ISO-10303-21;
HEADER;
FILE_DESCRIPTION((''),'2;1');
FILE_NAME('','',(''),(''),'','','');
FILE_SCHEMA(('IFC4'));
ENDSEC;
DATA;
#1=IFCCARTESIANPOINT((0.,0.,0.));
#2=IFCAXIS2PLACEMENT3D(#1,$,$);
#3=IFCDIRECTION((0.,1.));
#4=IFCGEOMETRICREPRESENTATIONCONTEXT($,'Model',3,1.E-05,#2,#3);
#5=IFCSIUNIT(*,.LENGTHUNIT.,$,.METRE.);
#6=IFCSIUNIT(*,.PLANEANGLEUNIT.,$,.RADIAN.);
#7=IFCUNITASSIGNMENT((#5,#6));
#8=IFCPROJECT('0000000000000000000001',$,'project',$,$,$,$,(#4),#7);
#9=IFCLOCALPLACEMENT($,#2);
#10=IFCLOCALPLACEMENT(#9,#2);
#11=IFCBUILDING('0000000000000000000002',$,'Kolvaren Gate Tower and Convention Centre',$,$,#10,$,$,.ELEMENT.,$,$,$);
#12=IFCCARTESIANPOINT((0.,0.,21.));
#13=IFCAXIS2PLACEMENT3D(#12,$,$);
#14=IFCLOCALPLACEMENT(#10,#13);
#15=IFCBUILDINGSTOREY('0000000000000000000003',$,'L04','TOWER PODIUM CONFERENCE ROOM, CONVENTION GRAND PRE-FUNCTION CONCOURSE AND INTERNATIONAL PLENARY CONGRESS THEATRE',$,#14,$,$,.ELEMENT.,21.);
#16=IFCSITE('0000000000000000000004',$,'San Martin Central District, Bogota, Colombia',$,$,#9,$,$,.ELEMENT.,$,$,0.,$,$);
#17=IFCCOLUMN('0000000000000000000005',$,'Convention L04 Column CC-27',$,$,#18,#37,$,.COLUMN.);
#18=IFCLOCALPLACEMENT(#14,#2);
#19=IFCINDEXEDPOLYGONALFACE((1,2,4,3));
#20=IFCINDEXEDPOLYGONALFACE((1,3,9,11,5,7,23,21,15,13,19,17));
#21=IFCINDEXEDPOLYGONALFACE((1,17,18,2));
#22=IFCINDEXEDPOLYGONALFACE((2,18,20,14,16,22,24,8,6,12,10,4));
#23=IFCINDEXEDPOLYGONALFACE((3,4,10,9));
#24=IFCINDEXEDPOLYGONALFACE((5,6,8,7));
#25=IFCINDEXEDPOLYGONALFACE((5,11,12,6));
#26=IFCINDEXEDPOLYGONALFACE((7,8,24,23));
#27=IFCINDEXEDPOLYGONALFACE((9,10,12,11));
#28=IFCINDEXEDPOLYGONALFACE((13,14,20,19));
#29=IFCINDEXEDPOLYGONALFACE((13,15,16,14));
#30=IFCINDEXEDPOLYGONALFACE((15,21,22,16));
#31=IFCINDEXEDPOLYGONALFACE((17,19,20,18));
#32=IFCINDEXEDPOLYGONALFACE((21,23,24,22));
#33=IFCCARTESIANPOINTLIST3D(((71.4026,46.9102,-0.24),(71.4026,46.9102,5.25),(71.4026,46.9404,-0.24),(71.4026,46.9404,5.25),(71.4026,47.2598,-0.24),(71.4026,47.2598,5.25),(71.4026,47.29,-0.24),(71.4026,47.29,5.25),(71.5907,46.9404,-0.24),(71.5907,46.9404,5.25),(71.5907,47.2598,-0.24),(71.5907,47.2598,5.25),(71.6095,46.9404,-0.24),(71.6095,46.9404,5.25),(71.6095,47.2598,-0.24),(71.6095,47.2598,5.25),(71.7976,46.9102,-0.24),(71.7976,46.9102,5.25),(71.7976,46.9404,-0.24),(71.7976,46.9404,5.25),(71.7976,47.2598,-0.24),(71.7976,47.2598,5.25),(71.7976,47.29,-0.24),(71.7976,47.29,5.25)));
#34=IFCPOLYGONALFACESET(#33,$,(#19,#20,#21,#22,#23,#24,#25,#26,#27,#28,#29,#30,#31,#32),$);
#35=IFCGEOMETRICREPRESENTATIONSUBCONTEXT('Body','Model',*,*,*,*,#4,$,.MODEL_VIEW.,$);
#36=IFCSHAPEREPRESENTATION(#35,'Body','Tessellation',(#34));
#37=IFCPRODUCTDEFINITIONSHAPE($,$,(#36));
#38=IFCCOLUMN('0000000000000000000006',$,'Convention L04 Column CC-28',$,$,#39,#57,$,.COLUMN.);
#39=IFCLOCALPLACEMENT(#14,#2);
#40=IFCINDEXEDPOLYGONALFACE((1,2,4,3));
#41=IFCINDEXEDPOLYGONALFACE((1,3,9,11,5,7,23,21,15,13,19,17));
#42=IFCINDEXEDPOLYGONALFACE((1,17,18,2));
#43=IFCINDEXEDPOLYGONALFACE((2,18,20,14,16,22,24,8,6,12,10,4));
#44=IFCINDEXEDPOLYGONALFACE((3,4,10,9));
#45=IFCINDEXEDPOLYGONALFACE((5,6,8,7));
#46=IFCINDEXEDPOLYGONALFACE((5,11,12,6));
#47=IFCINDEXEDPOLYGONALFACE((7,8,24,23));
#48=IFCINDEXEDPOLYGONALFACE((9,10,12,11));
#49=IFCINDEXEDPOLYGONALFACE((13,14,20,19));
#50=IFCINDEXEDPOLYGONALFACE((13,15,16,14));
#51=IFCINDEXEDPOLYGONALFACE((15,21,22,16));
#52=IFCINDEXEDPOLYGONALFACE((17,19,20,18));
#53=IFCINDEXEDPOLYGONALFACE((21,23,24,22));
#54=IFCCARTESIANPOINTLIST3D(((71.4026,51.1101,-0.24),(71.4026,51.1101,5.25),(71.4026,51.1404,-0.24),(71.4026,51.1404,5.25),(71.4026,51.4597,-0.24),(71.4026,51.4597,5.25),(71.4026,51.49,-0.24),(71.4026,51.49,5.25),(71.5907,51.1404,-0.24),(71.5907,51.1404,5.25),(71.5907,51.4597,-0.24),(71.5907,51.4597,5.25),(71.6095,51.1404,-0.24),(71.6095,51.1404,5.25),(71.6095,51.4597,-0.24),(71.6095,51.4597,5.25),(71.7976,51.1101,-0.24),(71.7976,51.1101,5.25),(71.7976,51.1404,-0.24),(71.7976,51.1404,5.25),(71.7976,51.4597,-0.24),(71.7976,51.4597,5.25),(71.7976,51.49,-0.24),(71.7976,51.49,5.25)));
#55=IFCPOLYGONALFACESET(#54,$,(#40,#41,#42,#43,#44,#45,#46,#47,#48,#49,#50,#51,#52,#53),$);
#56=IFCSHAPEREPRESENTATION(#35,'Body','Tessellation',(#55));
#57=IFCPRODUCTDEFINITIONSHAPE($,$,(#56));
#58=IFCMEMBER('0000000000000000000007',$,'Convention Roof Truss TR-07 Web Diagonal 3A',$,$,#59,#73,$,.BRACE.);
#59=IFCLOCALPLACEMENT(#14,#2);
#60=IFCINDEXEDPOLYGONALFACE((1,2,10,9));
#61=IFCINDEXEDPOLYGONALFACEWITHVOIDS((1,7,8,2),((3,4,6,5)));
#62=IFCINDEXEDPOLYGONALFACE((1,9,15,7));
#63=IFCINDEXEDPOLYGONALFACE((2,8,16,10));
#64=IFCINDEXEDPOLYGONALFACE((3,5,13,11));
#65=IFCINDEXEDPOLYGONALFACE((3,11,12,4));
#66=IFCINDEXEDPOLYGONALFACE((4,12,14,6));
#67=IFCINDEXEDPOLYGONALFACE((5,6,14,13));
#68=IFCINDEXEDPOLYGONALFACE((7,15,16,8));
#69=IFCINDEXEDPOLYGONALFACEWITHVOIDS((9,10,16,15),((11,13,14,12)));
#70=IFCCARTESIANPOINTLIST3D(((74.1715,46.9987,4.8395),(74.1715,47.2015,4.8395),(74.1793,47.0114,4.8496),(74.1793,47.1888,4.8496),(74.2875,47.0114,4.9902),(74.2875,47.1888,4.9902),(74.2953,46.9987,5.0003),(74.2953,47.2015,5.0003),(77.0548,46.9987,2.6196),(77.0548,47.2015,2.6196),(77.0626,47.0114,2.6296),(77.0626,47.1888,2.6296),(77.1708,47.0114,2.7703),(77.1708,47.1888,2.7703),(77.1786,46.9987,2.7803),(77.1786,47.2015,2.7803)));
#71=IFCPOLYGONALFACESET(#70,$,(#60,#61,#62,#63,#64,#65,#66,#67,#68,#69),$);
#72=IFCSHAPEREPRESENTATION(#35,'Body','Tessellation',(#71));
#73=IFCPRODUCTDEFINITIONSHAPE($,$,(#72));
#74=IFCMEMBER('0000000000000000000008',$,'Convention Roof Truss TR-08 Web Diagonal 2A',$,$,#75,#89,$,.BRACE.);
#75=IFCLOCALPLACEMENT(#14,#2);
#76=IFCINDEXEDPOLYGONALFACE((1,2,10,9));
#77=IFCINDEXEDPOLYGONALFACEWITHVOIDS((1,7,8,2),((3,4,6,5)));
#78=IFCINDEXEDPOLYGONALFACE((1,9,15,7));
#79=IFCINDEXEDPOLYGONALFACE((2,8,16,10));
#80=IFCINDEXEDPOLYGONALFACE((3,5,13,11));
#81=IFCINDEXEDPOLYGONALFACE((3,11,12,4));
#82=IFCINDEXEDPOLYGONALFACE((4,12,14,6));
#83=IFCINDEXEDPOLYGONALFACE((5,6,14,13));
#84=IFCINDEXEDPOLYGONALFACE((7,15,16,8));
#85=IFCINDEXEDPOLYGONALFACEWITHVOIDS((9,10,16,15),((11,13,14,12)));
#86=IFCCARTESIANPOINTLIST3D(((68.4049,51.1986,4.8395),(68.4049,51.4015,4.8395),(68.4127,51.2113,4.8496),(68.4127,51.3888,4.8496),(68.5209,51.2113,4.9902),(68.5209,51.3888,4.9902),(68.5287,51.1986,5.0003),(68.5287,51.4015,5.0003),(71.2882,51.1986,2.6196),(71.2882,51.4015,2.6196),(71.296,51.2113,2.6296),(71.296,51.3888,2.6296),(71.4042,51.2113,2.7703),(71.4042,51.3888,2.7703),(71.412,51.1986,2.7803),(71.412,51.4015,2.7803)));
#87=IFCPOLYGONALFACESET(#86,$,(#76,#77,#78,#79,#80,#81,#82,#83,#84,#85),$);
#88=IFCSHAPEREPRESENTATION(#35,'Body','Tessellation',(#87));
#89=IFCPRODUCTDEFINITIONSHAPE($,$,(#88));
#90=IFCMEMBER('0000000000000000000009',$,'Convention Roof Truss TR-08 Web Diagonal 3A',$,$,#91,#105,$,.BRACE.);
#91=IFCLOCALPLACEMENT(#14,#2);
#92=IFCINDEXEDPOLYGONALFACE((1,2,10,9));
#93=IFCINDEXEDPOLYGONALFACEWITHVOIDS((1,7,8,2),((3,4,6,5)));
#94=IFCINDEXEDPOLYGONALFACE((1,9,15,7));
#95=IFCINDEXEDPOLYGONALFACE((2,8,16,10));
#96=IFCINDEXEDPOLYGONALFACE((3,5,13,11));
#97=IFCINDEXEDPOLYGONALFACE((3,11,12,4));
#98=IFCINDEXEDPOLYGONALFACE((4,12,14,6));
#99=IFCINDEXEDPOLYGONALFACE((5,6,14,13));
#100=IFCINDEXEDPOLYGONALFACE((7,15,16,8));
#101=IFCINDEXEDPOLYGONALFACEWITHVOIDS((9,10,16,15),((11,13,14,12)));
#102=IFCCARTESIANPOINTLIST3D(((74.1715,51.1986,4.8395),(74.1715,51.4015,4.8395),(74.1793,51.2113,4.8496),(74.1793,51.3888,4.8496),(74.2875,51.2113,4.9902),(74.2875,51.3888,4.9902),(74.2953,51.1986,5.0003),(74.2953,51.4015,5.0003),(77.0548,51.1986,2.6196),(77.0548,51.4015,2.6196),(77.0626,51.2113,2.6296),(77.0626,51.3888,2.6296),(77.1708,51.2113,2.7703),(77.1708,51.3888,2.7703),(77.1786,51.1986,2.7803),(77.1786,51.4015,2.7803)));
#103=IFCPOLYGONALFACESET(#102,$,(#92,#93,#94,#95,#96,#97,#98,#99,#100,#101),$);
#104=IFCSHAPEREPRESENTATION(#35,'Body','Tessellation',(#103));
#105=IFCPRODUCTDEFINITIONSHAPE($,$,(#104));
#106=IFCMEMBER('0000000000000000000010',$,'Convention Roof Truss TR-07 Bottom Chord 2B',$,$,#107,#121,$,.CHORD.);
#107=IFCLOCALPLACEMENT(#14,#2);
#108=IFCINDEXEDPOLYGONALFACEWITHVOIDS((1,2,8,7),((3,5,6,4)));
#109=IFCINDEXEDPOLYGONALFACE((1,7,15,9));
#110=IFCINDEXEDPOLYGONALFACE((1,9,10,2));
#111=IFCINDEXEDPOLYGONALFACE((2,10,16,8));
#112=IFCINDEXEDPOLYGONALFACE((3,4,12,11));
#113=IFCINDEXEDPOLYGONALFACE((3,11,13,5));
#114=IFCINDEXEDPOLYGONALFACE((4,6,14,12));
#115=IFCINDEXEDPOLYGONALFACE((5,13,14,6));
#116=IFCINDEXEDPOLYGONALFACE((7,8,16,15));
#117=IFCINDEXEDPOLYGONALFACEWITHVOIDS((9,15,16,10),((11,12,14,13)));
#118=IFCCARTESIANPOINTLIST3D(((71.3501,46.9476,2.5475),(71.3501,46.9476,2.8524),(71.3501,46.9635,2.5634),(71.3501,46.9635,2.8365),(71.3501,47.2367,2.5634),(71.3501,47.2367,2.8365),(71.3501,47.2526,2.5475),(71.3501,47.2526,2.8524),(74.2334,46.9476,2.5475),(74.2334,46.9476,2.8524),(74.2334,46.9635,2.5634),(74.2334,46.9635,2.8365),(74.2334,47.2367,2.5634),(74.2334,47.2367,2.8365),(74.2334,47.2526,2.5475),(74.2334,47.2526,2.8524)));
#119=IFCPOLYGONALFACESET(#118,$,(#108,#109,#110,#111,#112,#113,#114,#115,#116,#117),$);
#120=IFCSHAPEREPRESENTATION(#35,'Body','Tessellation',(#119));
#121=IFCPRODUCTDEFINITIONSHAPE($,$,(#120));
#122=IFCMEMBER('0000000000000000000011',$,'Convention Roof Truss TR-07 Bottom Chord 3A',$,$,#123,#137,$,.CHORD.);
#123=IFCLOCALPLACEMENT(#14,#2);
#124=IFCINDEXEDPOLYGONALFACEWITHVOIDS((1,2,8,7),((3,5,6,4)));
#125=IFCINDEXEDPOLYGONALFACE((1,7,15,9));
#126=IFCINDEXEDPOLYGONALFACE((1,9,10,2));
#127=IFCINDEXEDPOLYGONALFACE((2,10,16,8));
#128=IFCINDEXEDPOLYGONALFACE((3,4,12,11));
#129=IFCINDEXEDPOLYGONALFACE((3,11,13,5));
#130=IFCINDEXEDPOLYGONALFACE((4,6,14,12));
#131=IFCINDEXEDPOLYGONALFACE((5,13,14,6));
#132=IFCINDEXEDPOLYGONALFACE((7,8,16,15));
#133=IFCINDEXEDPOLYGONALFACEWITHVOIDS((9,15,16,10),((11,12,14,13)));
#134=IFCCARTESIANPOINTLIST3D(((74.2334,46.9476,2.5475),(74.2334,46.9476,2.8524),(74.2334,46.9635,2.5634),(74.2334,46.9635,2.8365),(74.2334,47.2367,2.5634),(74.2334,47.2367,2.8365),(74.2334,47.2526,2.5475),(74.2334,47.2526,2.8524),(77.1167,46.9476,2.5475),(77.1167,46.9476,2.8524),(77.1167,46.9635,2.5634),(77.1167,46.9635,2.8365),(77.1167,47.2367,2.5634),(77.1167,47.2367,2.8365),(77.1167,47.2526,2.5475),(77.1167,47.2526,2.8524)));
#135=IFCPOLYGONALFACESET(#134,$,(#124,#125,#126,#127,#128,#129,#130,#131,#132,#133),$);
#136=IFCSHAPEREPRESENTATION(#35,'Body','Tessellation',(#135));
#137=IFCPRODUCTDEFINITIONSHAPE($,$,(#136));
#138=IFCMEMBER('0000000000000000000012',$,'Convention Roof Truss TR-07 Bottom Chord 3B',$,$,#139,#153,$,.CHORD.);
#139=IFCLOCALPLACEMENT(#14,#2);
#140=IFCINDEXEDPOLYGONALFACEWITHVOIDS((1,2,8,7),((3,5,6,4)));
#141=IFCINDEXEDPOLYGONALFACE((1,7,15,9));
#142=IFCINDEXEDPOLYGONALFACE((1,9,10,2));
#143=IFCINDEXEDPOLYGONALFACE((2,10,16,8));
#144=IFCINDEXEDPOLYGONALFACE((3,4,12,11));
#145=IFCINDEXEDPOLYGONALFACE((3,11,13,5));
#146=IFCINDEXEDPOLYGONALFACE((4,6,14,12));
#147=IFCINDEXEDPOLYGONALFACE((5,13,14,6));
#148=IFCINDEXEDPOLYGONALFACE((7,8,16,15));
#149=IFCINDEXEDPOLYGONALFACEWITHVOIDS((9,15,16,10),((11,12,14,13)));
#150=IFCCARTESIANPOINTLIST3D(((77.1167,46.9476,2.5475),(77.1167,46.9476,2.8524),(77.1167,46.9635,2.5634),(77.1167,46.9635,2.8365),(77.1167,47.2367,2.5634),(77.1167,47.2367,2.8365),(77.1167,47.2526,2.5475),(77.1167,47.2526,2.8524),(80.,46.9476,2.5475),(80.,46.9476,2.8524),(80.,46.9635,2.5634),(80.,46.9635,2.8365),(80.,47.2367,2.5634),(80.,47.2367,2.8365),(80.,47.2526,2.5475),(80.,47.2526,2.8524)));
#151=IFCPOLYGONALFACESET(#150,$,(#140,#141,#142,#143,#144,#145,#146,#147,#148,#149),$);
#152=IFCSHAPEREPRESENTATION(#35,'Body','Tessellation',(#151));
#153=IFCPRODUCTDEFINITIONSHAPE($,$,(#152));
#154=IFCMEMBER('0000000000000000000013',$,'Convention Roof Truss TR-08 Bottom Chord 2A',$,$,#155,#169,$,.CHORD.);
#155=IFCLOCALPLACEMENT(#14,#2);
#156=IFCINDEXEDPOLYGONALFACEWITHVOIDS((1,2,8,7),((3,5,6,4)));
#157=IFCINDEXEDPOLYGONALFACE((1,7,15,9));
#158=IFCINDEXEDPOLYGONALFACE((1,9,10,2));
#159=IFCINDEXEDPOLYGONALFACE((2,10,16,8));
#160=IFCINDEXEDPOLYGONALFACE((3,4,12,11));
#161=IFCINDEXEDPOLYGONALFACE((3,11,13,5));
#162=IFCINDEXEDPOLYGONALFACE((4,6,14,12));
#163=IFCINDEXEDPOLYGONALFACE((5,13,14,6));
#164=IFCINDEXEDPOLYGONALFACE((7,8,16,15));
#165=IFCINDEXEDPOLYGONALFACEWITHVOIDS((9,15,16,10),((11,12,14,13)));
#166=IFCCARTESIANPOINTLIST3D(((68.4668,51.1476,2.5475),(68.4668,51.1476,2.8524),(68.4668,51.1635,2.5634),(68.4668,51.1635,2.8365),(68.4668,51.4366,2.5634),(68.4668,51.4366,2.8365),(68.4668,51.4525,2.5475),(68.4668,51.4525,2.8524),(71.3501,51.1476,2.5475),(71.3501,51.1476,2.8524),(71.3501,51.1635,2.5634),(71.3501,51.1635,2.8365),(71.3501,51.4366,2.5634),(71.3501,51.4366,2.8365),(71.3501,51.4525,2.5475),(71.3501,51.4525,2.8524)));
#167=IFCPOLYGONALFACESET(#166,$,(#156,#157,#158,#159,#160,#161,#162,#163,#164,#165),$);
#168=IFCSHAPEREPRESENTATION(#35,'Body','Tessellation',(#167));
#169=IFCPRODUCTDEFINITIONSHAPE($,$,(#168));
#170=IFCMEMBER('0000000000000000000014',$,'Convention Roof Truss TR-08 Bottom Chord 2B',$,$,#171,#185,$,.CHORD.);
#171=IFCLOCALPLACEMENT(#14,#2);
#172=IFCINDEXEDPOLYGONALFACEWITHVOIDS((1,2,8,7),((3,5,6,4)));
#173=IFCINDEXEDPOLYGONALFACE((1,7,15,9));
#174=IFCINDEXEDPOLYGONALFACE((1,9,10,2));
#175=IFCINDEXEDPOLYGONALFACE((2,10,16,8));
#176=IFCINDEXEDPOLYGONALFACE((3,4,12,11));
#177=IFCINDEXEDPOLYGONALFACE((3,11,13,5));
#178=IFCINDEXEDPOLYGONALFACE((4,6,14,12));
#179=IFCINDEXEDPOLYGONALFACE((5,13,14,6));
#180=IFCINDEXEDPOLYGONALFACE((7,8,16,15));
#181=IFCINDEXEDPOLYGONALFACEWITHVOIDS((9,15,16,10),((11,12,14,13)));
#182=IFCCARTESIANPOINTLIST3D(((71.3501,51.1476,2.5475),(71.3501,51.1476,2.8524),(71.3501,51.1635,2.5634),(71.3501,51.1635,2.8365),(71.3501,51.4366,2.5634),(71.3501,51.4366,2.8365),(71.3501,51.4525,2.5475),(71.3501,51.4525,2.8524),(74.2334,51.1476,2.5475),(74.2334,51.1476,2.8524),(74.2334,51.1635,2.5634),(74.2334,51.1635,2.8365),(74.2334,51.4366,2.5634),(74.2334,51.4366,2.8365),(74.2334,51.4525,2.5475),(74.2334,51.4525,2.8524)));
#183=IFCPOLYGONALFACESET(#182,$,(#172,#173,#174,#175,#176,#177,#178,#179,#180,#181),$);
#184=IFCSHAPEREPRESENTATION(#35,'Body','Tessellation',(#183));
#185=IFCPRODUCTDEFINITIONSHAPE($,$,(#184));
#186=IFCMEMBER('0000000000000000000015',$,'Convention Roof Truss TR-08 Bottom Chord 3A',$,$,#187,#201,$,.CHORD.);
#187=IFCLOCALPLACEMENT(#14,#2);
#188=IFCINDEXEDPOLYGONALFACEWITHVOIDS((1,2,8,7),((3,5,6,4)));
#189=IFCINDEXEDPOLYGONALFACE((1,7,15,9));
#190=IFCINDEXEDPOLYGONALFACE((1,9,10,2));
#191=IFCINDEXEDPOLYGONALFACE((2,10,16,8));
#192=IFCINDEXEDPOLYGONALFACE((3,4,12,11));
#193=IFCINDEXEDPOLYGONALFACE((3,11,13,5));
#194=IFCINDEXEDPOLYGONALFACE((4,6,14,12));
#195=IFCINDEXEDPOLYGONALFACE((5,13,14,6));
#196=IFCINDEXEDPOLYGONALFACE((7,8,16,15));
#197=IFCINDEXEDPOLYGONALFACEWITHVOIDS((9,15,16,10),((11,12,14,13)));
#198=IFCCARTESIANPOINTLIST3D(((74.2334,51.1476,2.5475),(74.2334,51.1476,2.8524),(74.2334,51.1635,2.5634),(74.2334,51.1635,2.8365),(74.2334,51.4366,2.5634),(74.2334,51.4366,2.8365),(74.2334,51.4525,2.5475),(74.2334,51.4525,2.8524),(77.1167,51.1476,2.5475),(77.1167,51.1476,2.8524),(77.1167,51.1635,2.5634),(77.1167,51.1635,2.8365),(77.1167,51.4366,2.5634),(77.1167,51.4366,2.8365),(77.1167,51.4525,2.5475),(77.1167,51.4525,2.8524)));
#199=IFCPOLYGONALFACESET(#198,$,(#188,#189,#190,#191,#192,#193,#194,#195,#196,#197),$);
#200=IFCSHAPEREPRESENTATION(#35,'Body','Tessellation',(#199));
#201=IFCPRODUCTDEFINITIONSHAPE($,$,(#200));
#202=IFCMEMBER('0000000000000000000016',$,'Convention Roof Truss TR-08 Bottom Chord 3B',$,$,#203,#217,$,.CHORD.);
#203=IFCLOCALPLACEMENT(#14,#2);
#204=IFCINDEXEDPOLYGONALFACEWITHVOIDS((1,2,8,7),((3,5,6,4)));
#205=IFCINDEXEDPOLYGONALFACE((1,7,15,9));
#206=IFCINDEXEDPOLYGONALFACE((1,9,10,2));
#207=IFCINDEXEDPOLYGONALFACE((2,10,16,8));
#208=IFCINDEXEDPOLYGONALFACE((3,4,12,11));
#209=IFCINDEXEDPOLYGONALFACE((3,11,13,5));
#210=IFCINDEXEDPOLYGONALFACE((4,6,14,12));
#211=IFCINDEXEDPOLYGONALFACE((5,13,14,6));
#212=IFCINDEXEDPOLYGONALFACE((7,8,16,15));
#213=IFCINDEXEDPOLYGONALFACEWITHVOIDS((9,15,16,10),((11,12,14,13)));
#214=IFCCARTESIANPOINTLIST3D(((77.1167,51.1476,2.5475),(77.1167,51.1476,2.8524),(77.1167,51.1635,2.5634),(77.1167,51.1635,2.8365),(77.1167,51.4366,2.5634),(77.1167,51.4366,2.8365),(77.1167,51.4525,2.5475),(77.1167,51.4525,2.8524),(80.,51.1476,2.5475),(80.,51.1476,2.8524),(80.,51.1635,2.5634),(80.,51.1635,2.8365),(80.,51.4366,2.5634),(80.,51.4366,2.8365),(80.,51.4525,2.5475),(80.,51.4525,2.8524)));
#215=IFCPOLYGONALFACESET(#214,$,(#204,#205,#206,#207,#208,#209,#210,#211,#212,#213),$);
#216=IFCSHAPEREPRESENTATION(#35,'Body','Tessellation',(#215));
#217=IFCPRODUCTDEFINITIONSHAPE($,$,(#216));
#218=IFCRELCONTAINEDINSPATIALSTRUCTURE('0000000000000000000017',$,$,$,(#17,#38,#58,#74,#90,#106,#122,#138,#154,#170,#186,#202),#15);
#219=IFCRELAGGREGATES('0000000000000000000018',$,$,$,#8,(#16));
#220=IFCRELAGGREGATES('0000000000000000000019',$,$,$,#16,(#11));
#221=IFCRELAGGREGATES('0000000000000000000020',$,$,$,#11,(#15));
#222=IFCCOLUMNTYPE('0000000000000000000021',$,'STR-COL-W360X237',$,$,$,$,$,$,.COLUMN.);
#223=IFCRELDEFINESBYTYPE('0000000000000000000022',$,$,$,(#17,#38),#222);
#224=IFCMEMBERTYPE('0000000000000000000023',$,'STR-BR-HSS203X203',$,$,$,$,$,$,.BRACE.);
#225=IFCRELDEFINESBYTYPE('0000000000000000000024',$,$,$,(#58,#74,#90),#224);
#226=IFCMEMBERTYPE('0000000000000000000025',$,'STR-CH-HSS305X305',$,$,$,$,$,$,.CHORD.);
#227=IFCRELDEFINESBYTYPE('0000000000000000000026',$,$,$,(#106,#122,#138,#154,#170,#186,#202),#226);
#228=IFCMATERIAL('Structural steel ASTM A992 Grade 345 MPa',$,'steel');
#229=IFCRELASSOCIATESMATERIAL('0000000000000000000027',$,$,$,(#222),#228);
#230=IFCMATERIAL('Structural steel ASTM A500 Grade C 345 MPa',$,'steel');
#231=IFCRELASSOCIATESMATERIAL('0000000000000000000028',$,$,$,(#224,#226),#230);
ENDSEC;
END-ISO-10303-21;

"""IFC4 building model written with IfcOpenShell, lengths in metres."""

from ifc_helpers import new_model, si_unit, direction, frame, origin, origin_2d, place, context, subcontext, project, spatial, hollow_rectangle, i_section, extrude, material, material_profile, profile_set, type_object, element, save


model = new_model("IFC4")

# Units and contexts
model_context = context("Model", 3, precision=1e-05, world=origin(), true_north=direction((0.0, 1.0)))
body_context = subcontext(model_context, "Body", "Model", "MODEL_VIEW")
ifc_project = project(units=[si_unit("LENGTHUNIT", "METRE"), si_unit("PLANEANGLEUNIT", "RADIAN")], contexts=[model_context])

# Site, building, storey
site_placement = place(None, origin())
site = spatial("IfcSite", under=ifc_project, at=site_placement, Name="San Martin Central District, Bogota, Colombia", CompositionType="ELEMENT", RefElevation=0.0)
building_placement = place(site_placement, origin())
building = spatial("IfcBuilding", under=site, at=building_placement, Name="Kolvaren Gate Tower and Convention Centre", CompositionType="ELEMENT")
storey_placement = place(building_placement, frame((0.0, 0.0, 21.0)))
storey = spatial("IfcBuildingStorey", under=building, at=storey_placement, Name="L04", Description="TOWER PODIUM CONFERENCE ROOM, CONVENTION GRAND PRE-FUNCTION CONCOURSE AND INTERNATIONAL PLENARY CONGRESS THEATRE", CompositionType="ELEMENT", Elevation=21.0)

# Columns
ifc_material_1 = material(Name="Structural steel ASTM A992 Grade 345 MPa", Category="steel")
ifc_material_profile_1 = material_profile(ifc_material_1, i_section(OverallWidth=0.395, OverallDepth=0.3799, WebThickness=0.0188, FlangeThickness=0.0303, at=origin_2d()), Name="W360X237")
ifc_profile_set_1 = profile_set([ifc_material_profile_1], Name="Structural steel ASTM A992 Grade 345 MPa")
column_type = type_object("IfcColumnType", Name="STR-COL-W360X237", PredefinedType="COLUMN", material=ifc_profile_set_1)
for number, where, z_axis, x_axis, name in (
    (1, (71.6001, 47.1001, -0.24), (0.0, 0.0, 1.0), (1.0, 0.0, 0.0), "Convention L04 Column CC-27"),
    (2, (71.6001, 51.3, -0.24), (0.0, 0.0, 1.0), (1.0, 0.0, 0.0), "Convention L04 Column CC-28"),
):
    element("IfcColumn", number, at=place(storey_placement, frame(where, z_axis=z_axis, x_axis=x_axis)), inside=storey, type_object=column_type, Name=name, PredefinedType="COLUMN", context=body_context, shape_type="SweptSolid", body=[
        extrude(i_section(OverallWidth=0.395, OverallDepth=0.3799, WebThickness=0.0188, FlangeThickness=0.0303, at=origin_2d()), origin(), (0.0, 0.0, 1.0), 5.49),
    ])

# Members
ifc_material_2 = material(Name="Structural steel ASTM A500 Grade C 345 MPa", Category="steel")
ifc_material_profile_2 = material_profile(ifc_material_2, hollow_rectangle(XDim=0.2029, YDim=0.2029, WallThickness=0.0127, at=origin_2d()), Name="HSS203X203X12.7")
ifc_profile_set_2 = profile_set([ifc_material_profile_2], Name="Structural steel ASTM A500 Grade C 345 MPa")
member_type_1 = type_object("IfcMemberType", Name="STR-BR-HSS203X203", PredefinedType="BRACE", material=ifc_profile_set_2)
for number, where, z_axis, x_axis, name in (
    (3, (74.2334, 47.1001, 4.9199), (0.792352, 0.0, -0.610064), (0.0, 1.0, 0.0), "Convention Roof Truss TR-07 Web Diagonal 3A"),
    (4, (68.4668, 51.3, 4.9199), (0.792352, 0.0, -0.610064), (0.0, 1.0, 0.0), "Convention Roof Truss TR-08 Web Diagonal 2A"),
    (5, (74.2334, 51.3, 4.9199), (0.792352, 0.0, -0.610064), (0.0, 1.0, 0.0), "Convention Roof Truss TR-08 Web Diagonal 3A"),
):
    element("IfcMember", number, at=place(storey_placement, frame(where, z_axis=z_axis, x_axis=x_axis)), inside=storey, type_object=member_type_1, Name=name, PredefinedType="BRACE", context=body_context, shape_type="SweptSolid", body=[
        extrude(hollow_rectangle(XDim=0.2029, YDim=0.2029, WallThickness=0.0127, at=origin_2d()), origin(), (0.0, 0.0, 1.0), 3.6389),
    ])
ifc_material_profile_3 = material_profile(ifc_material_2, hollow_rectangle(XDim=0.3049, YDim=0.3049, WallThickness=0.0159, at=origin_2d()), Name="HSS305X305X15.9")
ifc_profile_set_3 = profile_set([ifc_material_profile_3], Name="Structural steel ASTM A500 Grade C 345 MPa")
member_type_2 = type_object("IfcMemberType", Name="STR-CH-HSS305X305", PredefinedType="CHORD", material=ifc_profile_set_3)
for number, where, z_axis, x_axis, name in (
    (6, (71.3501, 47.1001, 2.7), (1.0, 0.0, 0.0), (0.0, 1.0, 0.0), "Convention Roof Truss TR-07 Bottom Chord 2B"),
    (7, (74.2334, 47.1001, 2.7), (1.0, 0.0, 0.0), (0.0, 1.0, 0.0), "Convention Roof Truss TR-07 Bottom Chord 3A"),
    (8, (77.1167, 47.1001, 2.7), (1.0, 0.0, 0.0), (0.0, 1.0, 0.0), "Convention Roof Truss TR-07 Bottom Chord 3B"),
    (9, (68.4668, 51.3, 2.7), (1.0, 0.0, 0.0), (0.0, 1.0, 0.0), "Convention Roof Truss TR-08 Bottom Chord 2A"),
    (10, (71.3501, 51.3, 2.7), (1.0, 0.0, 0.0), (0.0, 1.0, 0.0), "Convention Roof Truss TR-08 Bottom Chord 2B"),
    (11, (74.2334, 51.3, 2.7), (1.0, 0.0, 0.0), (0.0, 1.0, 0.0), "Convention Roof Truss TR-08 Bottom Chord 3A"),
    (12, (77.1167, 51.3, 2.7), (1.0, 0.0, 0.0), (0.0, 1.0, 0.0), "Convention Roof Truss TR-08 Bottom Chord 3B"),
):
    element("IfcMember", number, at=place(storey_placement, frame(where, z_axis=z_axis, x_axis=x_axis)), inside=storey, type_object=member_type_2, Name=name, PredefinedType="CHORD", context=body_context, shape_type="SweptSolid", body=[
        extrude(hollow_rectangle(XDim=0.3049, YDim=0.3049, WallThickness=0.0159, at=origin_2d()), origin(), (0.0, 0.0, 1.0), 2.8833),
    ])

save(model, "model.ifc")
